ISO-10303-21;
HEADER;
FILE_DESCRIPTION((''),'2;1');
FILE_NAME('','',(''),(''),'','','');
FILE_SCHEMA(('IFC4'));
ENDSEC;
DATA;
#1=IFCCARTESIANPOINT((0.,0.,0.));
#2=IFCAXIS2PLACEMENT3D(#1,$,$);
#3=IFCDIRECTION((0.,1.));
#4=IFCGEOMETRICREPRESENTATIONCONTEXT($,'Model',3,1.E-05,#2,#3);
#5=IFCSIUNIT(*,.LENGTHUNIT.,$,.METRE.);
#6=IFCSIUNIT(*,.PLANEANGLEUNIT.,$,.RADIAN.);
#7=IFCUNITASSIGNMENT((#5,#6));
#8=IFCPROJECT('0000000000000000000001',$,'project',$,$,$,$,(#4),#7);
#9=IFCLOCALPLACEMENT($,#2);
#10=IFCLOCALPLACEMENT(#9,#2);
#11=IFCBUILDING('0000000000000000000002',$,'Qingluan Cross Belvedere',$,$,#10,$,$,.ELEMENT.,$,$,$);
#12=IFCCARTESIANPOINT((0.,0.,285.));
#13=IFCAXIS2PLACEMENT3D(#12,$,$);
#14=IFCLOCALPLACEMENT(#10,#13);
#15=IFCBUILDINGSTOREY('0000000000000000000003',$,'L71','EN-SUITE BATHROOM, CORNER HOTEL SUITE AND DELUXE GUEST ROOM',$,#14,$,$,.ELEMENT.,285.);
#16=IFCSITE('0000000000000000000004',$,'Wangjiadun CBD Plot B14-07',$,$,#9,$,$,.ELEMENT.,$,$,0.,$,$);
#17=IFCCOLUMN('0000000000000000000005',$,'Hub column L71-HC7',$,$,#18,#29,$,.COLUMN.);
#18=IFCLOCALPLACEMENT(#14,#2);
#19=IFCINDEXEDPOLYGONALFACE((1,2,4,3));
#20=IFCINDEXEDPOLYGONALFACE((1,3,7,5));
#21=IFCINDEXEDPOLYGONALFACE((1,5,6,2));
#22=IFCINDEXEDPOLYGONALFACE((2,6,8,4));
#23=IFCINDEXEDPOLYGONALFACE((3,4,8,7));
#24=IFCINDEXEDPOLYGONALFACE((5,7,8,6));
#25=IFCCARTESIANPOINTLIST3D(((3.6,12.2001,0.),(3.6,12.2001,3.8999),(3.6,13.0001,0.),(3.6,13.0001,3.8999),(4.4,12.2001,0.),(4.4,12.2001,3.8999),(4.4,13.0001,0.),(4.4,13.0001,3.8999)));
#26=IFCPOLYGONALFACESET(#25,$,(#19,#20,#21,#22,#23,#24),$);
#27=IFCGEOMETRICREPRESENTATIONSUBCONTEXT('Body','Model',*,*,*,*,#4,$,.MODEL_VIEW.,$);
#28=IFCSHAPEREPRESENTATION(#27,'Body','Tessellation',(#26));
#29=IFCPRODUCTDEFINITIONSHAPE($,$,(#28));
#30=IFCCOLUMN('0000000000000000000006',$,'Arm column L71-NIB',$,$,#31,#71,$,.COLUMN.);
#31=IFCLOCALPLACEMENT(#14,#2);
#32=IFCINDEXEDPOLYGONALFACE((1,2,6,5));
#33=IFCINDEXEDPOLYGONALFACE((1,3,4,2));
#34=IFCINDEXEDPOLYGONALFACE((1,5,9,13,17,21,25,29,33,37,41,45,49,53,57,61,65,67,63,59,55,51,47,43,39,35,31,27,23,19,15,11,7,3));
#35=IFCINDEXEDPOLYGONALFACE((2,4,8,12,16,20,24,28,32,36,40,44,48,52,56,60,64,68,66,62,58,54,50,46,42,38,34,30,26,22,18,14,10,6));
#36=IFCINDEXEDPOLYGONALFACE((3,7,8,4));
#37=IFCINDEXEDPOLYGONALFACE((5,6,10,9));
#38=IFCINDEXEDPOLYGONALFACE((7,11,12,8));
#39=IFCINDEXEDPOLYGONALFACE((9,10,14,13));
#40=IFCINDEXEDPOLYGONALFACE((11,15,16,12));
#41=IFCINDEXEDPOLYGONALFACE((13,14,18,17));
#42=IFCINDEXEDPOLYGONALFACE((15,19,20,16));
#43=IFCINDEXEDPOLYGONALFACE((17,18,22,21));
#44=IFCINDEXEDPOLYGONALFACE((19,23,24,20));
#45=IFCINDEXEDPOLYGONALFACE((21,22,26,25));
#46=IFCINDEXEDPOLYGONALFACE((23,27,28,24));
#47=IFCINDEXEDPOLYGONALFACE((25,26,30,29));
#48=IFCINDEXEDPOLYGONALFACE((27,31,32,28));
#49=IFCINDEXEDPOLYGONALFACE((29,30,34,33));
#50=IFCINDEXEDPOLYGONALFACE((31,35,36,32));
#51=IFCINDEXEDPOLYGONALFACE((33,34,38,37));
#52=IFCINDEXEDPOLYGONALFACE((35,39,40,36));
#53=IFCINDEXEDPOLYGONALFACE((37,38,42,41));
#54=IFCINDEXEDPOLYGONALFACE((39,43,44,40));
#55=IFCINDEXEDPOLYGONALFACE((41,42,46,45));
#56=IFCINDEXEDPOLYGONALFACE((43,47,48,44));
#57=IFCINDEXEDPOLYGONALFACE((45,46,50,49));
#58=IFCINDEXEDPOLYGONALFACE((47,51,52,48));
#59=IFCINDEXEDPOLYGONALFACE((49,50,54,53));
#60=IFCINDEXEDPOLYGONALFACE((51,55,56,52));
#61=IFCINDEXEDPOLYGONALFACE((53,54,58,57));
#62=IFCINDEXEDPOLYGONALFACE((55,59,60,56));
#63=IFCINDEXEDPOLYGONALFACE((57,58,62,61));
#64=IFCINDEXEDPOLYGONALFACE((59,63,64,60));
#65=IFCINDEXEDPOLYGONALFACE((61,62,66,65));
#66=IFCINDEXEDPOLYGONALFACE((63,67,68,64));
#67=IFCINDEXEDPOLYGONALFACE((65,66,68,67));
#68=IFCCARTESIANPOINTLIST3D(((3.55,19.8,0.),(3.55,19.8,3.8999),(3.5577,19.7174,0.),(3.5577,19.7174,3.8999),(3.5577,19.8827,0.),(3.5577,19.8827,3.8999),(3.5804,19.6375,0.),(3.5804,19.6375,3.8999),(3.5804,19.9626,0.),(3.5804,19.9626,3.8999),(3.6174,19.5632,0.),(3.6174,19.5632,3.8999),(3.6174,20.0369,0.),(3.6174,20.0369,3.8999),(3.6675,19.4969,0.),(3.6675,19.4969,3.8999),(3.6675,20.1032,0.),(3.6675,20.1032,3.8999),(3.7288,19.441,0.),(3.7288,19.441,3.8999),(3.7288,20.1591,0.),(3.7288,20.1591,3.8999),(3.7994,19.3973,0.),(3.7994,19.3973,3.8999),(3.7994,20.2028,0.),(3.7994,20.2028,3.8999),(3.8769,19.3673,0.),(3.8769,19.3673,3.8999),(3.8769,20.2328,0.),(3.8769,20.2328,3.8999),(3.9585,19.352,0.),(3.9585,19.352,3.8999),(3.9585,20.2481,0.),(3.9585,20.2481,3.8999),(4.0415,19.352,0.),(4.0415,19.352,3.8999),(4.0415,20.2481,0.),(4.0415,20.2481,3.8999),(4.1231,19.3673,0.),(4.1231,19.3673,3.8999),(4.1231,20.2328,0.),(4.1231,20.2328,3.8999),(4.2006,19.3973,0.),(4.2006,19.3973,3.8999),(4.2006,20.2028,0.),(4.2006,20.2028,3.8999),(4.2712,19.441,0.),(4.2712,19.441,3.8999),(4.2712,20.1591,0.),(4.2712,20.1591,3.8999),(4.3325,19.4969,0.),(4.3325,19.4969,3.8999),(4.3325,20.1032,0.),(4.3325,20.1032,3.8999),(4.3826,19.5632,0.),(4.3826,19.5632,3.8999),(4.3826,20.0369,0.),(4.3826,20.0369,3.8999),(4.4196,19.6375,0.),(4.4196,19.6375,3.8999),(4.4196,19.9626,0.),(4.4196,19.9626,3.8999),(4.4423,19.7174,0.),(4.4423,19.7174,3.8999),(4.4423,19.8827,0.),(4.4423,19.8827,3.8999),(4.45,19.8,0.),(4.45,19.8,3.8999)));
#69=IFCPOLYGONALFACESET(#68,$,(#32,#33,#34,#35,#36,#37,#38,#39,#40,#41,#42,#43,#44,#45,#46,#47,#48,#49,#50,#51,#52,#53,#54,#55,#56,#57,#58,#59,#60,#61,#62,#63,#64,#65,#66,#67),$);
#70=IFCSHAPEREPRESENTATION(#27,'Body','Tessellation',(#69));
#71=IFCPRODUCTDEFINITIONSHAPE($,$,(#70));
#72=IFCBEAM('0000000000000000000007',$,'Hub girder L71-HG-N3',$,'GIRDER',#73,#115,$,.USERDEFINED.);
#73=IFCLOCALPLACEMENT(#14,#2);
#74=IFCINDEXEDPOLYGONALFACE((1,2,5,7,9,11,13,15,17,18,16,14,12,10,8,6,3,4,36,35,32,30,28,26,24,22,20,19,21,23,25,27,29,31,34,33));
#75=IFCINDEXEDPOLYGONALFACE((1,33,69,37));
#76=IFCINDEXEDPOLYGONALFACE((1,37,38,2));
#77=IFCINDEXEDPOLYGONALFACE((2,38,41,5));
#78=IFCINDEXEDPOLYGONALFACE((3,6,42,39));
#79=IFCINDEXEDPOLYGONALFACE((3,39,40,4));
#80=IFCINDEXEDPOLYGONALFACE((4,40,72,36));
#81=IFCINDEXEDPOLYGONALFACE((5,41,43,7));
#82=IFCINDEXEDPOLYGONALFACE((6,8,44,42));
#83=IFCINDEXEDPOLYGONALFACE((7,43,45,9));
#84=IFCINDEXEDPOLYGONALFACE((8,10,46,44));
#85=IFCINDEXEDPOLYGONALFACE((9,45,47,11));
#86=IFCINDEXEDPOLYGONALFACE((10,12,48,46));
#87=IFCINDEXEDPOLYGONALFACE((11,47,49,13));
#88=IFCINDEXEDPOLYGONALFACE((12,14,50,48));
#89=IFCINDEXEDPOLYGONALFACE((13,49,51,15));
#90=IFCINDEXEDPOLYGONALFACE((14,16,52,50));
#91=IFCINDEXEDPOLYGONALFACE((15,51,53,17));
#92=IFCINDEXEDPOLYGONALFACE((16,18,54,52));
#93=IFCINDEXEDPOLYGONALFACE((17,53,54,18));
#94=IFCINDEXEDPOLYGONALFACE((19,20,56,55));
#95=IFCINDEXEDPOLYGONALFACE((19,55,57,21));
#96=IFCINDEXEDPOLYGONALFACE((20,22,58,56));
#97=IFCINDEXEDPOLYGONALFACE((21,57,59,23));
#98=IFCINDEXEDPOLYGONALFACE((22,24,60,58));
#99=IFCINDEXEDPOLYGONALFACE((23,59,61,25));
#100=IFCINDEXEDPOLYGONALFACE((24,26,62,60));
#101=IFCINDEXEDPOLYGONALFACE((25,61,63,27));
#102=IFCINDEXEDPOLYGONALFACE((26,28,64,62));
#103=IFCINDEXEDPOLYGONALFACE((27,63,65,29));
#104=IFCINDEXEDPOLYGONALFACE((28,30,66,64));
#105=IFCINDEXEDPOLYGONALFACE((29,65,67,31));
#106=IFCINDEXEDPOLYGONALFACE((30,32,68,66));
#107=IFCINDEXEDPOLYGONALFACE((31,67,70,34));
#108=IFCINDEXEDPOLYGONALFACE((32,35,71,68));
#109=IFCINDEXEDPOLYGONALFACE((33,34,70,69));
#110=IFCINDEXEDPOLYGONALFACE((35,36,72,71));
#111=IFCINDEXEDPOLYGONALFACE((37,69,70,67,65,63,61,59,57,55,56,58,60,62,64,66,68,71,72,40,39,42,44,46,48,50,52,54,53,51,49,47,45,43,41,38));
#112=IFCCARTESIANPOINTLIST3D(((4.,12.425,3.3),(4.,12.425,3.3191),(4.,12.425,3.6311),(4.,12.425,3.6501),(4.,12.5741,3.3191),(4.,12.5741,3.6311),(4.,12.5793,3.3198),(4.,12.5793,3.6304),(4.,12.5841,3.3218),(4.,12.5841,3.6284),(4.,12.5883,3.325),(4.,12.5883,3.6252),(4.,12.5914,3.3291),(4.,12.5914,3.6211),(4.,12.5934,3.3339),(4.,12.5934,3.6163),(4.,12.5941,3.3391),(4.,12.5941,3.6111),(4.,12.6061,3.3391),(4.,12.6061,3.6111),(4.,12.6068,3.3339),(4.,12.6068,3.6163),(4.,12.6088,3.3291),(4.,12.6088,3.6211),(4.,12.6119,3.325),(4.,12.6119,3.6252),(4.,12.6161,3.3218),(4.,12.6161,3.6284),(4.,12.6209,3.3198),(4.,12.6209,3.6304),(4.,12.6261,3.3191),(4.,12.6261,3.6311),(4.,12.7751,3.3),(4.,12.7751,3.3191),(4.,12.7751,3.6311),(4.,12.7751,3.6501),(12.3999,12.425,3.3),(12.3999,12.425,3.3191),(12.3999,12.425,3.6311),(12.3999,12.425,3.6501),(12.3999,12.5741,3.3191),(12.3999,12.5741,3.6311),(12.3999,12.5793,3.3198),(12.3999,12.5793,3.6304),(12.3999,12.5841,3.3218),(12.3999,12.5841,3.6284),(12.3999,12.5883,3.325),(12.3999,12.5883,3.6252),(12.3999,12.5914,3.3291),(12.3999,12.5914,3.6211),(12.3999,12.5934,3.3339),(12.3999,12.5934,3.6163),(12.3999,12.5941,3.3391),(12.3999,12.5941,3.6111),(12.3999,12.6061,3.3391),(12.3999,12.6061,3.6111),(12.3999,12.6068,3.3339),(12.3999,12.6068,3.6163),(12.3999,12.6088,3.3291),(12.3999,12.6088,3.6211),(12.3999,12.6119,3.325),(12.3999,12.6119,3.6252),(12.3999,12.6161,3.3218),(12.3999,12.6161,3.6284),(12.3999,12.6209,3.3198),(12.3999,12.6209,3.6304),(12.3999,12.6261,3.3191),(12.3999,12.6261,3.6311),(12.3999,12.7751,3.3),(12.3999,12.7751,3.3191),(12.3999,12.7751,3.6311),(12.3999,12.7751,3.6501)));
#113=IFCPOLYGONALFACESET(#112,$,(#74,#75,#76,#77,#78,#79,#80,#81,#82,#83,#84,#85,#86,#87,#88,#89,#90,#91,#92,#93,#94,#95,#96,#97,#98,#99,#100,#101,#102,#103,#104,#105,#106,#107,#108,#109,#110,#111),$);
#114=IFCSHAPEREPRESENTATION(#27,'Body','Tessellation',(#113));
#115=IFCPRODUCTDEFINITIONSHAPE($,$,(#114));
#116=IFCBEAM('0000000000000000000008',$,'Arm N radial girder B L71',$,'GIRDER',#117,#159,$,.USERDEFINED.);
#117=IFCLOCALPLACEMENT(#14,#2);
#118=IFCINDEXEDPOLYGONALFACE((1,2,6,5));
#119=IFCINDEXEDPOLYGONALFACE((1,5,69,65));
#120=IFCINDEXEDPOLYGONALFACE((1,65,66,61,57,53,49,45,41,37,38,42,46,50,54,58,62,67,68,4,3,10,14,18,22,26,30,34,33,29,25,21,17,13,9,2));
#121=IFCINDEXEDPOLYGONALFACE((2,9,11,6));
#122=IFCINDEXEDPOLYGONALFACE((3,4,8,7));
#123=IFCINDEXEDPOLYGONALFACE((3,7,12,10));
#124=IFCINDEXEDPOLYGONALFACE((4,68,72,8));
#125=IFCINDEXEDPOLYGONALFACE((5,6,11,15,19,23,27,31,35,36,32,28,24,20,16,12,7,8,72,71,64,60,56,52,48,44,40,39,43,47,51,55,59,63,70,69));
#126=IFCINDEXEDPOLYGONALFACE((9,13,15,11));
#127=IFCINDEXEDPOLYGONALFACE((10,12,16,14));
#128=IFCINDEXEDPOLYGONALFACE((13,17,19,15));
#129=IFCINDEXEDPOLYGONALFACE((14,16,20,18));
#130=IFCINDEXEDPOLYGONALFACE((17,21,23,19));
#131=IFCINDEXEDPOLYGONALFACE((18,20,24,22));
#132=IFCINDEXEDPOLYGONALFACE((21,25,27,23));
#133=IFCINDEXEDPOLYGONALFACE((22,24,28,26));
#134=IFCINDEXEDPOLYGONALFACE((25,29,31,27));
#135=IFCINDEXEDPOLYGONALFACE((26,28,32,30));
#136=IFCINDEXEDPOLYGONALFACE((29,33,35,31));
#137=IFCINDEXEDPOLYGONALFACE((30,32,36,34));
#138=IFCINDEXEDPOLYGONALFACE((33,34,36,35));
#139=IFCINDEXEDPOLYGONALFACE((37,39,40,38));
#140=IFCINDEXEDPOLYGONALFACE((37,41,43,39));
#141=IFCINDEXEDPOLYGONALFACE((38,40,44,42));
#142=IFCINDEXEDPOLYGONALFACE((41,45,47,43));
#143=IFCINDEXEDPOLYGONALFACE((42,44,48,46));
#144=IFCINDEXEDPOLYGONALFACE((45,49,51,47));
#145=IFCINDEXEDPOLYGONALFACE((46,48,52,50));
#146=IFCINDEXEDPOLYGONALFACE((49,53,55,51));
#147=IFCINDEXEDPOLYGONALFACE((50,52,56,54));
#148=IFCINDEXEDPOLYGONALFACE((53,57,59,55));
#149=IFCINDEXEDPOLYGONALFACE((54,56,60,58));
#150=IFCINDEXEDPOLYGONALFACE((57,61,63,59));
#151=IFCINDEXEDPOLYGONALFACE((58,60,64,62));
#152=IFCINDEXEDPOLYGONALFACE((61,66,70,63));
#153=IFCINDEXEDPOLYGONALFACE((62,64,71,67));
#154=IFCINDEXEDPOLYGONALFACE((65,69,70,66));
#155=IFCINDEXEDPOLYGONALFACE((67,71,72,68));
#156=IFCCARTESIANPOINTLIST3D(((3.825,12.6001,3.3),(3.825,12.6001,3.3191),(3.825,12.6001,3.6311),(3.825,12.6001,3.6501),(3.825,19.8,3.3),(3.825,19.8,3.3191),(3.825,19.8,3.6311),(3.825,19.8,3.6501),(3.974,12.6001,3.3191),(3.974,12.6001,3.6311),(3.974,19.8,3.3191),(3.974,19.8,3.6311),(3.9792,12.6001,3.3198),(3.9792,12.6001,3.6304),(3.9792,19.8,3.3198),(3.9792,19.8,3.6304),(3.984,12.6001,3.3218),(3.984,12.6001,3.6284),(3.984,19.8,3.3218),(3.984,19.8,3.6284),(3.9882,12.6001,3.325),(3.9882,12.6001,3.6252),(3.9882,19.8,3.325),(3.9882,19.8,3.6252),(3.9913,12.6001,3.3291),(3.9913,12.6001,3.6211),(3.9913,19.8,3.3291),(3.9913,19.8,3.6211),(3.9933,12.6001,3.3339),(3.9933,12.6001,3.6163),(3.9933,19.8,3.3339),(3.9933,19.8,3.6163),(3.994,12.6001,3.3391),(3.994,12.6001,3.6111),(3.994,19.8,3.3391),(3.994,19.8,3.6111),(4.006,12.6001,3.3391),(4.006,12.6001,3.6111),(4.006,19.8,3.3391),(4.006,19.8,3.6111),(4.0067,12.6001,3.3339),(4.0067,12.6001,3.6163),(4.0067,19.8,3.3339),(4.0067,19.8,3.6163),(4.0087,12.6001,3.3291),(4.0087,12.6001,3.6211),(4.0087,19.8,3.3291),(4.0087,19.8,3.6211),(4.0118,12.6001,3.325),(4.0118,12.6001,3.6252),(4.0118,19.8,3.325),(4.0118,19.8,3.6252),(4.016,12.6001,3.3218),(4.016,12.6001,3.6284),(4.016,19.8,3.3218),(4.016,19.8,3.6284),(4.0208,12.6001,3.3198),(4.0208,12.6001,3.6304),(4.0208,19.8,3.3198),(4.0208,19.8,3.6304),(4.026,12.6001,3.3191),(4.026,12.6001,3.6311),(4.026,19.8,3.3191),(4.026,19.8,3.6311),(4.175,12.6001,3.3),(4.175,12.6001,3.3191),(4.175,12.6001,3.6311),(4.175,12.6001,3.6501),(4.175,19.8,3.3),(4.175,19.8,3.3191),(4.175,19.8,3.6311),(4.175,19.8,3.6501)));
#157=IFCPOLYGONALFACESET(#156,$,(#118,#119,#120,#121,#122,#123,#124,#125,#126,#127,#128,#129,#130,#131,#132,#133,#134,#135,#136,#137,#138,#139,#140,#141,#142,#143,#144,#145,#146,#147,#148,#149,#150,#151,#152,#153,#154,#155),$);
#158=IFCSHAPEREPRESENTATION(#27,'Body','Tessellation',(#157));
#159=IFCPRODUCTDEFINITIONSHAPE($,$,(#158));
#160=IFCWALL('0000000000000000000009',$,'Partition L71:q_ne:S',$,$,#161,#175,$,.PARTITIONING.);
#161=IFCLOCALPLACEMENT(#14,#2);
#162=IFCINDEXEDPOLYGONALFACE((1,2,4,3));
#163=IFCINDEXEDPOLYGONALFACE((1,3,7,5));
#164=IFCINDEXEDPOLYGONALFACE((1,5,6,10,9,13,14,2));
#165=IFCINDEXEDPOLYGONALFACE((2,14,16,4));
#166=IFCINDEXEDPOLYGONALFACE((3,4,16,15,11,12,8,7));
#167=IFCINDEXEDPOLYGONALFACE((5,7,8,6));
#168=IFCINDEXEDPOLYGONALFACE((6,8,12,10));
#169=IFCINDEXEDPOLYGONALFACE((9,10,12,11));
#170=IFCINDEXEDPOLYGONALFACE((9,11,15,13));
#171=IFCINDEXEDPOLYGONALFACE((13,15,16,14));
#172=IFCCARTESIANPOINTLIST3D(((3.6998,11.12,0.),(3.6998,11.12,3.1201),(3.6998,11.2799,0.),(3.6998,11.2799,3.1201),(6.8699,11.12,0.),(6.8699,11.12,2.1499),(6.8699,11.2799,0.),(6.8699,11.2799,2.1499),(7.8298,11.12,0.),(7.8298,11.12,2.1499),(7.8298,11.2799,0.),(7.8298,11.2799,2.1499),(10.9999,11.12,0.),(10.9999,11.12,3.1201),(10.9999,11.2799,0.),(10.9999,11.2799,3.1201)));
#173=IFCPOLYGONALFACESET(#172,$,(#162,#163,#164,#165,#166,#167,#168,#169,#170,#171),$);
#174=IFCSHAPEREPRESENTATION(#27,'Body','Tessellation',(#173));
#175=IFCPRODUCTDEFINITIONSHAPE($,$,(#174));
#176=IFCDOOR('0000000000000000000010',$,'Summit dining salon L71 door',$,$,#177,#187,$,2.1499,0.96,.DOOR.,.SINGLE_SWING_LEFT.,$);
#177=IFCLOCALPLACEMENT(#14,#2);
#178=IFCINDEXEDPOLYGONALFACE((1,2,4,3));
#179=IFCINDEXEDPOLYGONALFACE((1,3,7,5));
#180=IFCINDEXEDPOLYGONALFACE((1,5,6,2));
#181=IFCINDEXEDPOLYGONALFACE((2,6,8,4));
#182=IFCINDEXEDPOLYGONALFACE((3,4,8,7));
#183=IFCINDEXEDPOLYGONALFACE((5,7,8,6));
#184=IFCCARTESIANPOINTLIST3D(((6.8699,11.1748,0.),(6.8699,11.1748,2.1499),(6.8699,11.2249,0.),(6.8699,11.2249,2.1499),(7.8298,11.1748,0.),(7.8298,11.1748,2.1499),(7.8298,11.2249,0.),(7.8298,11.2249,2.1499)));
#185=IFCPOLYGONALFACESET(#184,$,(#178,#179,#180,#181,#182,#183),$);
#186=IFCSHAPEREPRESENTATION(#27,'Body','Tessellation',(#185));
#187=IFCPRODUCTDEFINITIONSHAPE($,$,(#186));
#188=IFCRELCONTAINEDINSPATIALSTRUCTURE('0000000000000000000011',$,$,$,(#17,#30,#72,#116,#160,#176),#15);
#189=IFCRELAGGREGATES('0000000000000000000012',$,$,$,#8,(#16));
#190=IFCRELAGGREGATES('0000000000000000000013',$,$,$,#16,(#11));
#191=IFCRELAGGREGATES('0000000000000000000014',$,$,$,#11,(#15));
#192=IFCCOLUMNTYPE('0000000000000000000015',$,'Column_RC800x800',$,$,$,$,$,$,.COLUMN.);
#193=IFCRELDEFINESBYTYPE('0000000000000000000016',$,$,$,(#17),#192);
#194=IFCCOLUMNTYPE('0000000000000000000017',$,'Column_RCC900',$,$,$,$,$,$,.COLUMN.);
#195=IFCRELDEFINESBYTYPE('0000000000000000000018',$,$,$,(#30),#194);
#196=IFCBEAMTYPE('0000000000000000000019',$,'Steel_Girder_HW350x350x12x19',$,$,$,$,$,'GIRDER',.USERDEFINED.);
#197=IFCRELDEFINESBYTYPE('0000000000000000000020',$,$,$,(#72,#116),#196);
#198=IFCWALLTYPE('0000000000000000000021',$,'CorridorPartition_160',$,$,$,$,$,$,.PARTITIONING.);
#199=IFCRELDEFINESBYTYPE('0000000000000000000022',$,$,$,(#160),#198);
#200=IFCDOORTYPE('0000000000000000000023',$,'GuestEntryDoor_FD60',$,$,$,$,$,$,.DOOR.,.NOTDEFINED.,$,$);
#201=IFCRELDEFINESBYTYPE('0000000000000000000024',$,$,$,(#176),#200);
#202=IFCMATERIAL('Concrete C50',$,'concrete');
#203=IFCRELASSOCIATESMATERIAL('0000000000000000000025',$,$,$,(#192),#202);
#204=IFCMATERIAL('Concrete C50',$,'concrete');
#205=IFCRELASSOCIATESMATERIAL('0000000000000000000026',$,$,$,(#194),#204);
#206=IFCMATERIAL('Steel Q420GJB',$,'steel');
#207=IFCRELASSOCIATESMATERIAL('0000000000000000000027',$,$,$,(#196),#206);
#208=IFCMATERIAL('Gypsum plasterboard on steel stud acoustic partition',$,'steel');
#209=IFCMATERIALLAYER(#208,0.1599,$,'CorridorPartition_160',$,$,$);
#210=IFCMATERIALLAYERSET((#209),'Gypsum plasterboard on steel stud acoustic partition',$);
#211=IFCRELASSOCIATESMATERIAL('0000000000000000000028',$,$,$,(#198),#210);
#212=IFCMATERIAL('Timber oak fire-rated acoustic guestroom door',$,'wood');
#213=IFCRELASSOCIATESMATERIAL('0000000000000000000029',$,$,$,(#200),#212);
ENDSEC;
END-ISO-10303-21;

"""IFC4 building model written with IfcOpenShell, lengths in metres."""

from ifc_helpers import new_model, si_unit, direction, frame, frame_2d, origin, origin_2d, place, context, subcontext, project, spatial, rectangle, circle, i_section, extrude, material, layer, layer_set, material_profile, profile_set, type_object, element, fill, save


model = new_model("IFC4")

# Units and contexts
model_context = context("Model", 3, precision=1e-05, world=origin(), true_north=direction((0.0, 1.0)))
body_context = subcontext(model_context, "Body", "Model", "MODEL_VIEW")
ifc_project = project(units=[si_unit("LENGTHUNIT", "METRE"), si_unit("PLANEANGLEUNIT", "RADIAN")], contexts=[model_context])

# Site, building, storey
site_placement = place(None, origin())
site = spatial("IfcSite", under=ifc_project, at=site_placement, Name="Wangjiadun CBD Plot B14-07", CompositionType="ELEMENT", RefElevation=0.0)
building_placement = place(site_placement, origin())
building = spatial("IfcBuilding", under=site, at=building_placement, Name="Qingluan Cross Belvedere", CompositionType="ELEMENT")
storey_placement = place(building_placement, frame((0.0, 0.0, 285.0)))
storey = spatial("IfcBuildingStorey", under=building, at=storey_placement, Name="L71", Description="EN-SUITE BATHROOM, CORNER HOTEL SUITE AND DELUXE GUEST ROOM", CompositionType="ELEMENT", Elevation=285.0)

# Columns
ifc_material_1 = material(Name="Concrete C50", Category="concrete")
ifc_material_profile_1 = material_profile(ifc_material_1, rectangle(XDim=0.8, YDim=0.8, at=origin_2d()), Name="RC800x800")
ifc_profile_set_1 = profile_set([ifc_material_profile_1], Name="Concrete C50")
column_type_1 = type_object("IfcColumnType", Name="Column_RC800x800", PredefinedType="COLUMN", material=ifc_profile_set_1)
column_1_placement = place(storey_placement, frame((4.0, 12.6001, 0.0), z_axis=(0.0, 0.0, 1.0), x_axis=(1.0, 0.0, 0.0)))
element("IfcColumn", 1, at=column_1_placement, inside=storey, type_object=column_type_1, Name="Hub column L71-HC7", PredefinedType="COLUMN", context=body_context, shape_type="SweptSolid", body=[
    extrude(rectangle(XDim=0.8, YDim=0.8, at=origin_2d()), origin(), (0.0, 0.0, 1.0), 3.8999),
])
ifc_material_2 = material(Name="Concrete C50", Category="concrete")
ifc_material_profile_2 = material_profile(ifc_material_2, circle(Radius=0.45, at=origin_2d()), Name="RCC900")
ifc_profile_set_2 = profile_set([ifc_material_profile_2], Name="Concrete C50")
column_type_2 = type_object("IfcColumnType", Name="Column_RCC900", PredefinedType="COLUMN", material=ifc_profile_set_2)
column_2_placement = place(storey_placement, frame((4.0, 19.8, 0.0), z_axis=(0.0, 0.0, 1.0), x_axis=(1.0, 0.0, 0.0)))
element("IfcColumn", 2, at=column_2_placement, inside=storey, type_object=column_type_2, Name="Arm column L71-NIB", PredefinedType="COLUMN", context=body_context, shape_type="SweptSolid", body=[
    extrude(circle(Radius=0.45, at=origin_2d()), origin(), (0.0, 0.0, 1.0), 3.8999),
])

# Beams
ifc_material_3 = material(Name="Steel Q420GJB", Category="steel")
ifc_material_profile_3 = material_profile(ifc_material_3, i_section(OverallWidth=0.3501, OverallDepth=0.3501, WebThickness=0.012, FlangeThickness=0.019, FilletRadius=0.02, at=origin_2d()), Name="HW350x350x12x19")
ifc_profile_set_3 = profile_set([ifc_material_profile_3], Name="Steel Q420GJB")
beam_type = type_object("IfcBeamType", Name="Steel_Girder_HW350x350x12x19", ElementType="GIRDER", PredefinedType="USERDEFINED", material=ifc_profile_set_3)
beam_1_placement = place(storey_placement, frame((4.0, 12.6001, 3.4751), z_axis=(1.0, 0.0, 0.0), x_axis=(0.0, 1.0, 0.0)))
element("IfcBeam", 3, at=beam_1_placement, inside=storey, type_object=beam_type, Name="Hub girder L71-HG-N3", ObjectType="GIRDER", PredefinedType="USERDEFINED", context=body_context, shape_type="SweptSolid", body=[
    extrude(i_section(OverallWidth=0.3501, OverallDepth=0.3501, WebThickness=0.012, FlangeThickness=0.019, FilletRadius=0.02, at=origin_2d()), origin(), (0.0, 0.0, 1.0), 8.3999),
])
beam_2_placement = place(storey_placement, frame((4.0, 12.6001, 3.4751), z_axis=(0.0, 1.0, 0.0), x_axis=(-1.0, 0.0, 0.0)))
element("IfcBeam", 4, at=beam_2_placement, inside=storey, type_object=beam_type, Name="Arm N radial girder B L71", ObjectType="GIRDER", PredefinedType="USERDEFINED", context=body_context, shape_type="SweptSolid", body=[
    extrude(i_section(OverallWidth=0.3501, OverallDepth=0.3501, WebThickness=0.012, FlangeThickness=0.019, FilletRadius=0.02, at=origin_2d()), origin(), (0.0, 0.0, 1.0), 7.2),
])

# Wall, opening, door
ifc_material_4 = material(Name="Gypsum plasterboard on steel stud acoustic partition", Category="steel")
ifc_layer_1 = layer(ifc_material_4, 0.1599, Name="CorridorPartition_160")
ifc_layer_set_1 = layer_set([ifc_layer_1], Name="Gypsum plasterboard on steel stud acoustic partition")
wall_type_1 = type_object("IfcWallType", Name="CorridorPartition_160", PredefinedType="PARTITIONING", material=ifc_layer_set_1)
wall_1_placement = place(storey_placement, frame((3.7, 11.2, 0.0), z_axis=(0.0, 0.0, 1.0), x_axis=(1.0, 0.0, 0.0)))
wall_1 = element("IfcWall", 5, at=wall_1_placement, inside=storey, type_object=wall_type_1, Name="Partition L71:q_ne:S", PredefinedType="PARTITIONING", context=body_context, shape_type="SweptSolid", body=[
    extrude(rectangle(XDim=7.3, YDim=0.1599, at=frame_2d((3.6499, 0.0))), origin(), (0.0, 0.0, 1.0), 3.1201),
])
opening_1_placement = place(wall_1_placement, frame((3.1699, 0.0, 0.0)))
opening_1 = element("IfcOpeningElement", 6, at=opening_1_placement, cuts=wall_1, PredefinedType="OPENING", context=body_context, shape_type="SweptSolid", body=[
    extrude(rectangle(XDim=0.96, YDim=2.1499, at=frame_2d((0.48, 1.075))), frame((0.0, 0.0898, 0.0), z_axis=(0.0, -1.0, 0.0), x_axis=(1.0, 0.0, 0.0)), (0.0, 0.0, 1.0), 0.1799),
])
ifc_material_5 = material(Name="Timber oak fire-rated acoustic guestroom door", Category="wood")
door_type_1 = type_object("IfcDoorType", Name="GuestEntryDoor_FD60", OperationType="NOTDEFINED", PredefinedType="DOOR", material=ifc_material_5)
door_1_placement = place(opening_1_placement, origin())
door_1 = element("IfcDoor", 7, at=door_1_placement, inside=storey, type_object=door_type_1, Name="Summit dining salon L71 door", OperationType="SINGLE_SWING_LEFT", OverallHeight=2.1499, OverallWidth=0.96, PredefinedType="DOOR", context=body_context, shape_type="SweptSolid", body=[
    extrude(rectangle(XDim=0.96, YDim=2.1499, at=frame_2d((0.48, 1.075))), frame((0.0, 0.0249, 0.0), z_axis=(0.0, -1.0, 0.0), x_axis=(1.0, 0.0, 0.0)), (0.0, 0.0, 1.0), 0.05),
])
fill(opening_1, door_1)

save(model, "model.ifc")
